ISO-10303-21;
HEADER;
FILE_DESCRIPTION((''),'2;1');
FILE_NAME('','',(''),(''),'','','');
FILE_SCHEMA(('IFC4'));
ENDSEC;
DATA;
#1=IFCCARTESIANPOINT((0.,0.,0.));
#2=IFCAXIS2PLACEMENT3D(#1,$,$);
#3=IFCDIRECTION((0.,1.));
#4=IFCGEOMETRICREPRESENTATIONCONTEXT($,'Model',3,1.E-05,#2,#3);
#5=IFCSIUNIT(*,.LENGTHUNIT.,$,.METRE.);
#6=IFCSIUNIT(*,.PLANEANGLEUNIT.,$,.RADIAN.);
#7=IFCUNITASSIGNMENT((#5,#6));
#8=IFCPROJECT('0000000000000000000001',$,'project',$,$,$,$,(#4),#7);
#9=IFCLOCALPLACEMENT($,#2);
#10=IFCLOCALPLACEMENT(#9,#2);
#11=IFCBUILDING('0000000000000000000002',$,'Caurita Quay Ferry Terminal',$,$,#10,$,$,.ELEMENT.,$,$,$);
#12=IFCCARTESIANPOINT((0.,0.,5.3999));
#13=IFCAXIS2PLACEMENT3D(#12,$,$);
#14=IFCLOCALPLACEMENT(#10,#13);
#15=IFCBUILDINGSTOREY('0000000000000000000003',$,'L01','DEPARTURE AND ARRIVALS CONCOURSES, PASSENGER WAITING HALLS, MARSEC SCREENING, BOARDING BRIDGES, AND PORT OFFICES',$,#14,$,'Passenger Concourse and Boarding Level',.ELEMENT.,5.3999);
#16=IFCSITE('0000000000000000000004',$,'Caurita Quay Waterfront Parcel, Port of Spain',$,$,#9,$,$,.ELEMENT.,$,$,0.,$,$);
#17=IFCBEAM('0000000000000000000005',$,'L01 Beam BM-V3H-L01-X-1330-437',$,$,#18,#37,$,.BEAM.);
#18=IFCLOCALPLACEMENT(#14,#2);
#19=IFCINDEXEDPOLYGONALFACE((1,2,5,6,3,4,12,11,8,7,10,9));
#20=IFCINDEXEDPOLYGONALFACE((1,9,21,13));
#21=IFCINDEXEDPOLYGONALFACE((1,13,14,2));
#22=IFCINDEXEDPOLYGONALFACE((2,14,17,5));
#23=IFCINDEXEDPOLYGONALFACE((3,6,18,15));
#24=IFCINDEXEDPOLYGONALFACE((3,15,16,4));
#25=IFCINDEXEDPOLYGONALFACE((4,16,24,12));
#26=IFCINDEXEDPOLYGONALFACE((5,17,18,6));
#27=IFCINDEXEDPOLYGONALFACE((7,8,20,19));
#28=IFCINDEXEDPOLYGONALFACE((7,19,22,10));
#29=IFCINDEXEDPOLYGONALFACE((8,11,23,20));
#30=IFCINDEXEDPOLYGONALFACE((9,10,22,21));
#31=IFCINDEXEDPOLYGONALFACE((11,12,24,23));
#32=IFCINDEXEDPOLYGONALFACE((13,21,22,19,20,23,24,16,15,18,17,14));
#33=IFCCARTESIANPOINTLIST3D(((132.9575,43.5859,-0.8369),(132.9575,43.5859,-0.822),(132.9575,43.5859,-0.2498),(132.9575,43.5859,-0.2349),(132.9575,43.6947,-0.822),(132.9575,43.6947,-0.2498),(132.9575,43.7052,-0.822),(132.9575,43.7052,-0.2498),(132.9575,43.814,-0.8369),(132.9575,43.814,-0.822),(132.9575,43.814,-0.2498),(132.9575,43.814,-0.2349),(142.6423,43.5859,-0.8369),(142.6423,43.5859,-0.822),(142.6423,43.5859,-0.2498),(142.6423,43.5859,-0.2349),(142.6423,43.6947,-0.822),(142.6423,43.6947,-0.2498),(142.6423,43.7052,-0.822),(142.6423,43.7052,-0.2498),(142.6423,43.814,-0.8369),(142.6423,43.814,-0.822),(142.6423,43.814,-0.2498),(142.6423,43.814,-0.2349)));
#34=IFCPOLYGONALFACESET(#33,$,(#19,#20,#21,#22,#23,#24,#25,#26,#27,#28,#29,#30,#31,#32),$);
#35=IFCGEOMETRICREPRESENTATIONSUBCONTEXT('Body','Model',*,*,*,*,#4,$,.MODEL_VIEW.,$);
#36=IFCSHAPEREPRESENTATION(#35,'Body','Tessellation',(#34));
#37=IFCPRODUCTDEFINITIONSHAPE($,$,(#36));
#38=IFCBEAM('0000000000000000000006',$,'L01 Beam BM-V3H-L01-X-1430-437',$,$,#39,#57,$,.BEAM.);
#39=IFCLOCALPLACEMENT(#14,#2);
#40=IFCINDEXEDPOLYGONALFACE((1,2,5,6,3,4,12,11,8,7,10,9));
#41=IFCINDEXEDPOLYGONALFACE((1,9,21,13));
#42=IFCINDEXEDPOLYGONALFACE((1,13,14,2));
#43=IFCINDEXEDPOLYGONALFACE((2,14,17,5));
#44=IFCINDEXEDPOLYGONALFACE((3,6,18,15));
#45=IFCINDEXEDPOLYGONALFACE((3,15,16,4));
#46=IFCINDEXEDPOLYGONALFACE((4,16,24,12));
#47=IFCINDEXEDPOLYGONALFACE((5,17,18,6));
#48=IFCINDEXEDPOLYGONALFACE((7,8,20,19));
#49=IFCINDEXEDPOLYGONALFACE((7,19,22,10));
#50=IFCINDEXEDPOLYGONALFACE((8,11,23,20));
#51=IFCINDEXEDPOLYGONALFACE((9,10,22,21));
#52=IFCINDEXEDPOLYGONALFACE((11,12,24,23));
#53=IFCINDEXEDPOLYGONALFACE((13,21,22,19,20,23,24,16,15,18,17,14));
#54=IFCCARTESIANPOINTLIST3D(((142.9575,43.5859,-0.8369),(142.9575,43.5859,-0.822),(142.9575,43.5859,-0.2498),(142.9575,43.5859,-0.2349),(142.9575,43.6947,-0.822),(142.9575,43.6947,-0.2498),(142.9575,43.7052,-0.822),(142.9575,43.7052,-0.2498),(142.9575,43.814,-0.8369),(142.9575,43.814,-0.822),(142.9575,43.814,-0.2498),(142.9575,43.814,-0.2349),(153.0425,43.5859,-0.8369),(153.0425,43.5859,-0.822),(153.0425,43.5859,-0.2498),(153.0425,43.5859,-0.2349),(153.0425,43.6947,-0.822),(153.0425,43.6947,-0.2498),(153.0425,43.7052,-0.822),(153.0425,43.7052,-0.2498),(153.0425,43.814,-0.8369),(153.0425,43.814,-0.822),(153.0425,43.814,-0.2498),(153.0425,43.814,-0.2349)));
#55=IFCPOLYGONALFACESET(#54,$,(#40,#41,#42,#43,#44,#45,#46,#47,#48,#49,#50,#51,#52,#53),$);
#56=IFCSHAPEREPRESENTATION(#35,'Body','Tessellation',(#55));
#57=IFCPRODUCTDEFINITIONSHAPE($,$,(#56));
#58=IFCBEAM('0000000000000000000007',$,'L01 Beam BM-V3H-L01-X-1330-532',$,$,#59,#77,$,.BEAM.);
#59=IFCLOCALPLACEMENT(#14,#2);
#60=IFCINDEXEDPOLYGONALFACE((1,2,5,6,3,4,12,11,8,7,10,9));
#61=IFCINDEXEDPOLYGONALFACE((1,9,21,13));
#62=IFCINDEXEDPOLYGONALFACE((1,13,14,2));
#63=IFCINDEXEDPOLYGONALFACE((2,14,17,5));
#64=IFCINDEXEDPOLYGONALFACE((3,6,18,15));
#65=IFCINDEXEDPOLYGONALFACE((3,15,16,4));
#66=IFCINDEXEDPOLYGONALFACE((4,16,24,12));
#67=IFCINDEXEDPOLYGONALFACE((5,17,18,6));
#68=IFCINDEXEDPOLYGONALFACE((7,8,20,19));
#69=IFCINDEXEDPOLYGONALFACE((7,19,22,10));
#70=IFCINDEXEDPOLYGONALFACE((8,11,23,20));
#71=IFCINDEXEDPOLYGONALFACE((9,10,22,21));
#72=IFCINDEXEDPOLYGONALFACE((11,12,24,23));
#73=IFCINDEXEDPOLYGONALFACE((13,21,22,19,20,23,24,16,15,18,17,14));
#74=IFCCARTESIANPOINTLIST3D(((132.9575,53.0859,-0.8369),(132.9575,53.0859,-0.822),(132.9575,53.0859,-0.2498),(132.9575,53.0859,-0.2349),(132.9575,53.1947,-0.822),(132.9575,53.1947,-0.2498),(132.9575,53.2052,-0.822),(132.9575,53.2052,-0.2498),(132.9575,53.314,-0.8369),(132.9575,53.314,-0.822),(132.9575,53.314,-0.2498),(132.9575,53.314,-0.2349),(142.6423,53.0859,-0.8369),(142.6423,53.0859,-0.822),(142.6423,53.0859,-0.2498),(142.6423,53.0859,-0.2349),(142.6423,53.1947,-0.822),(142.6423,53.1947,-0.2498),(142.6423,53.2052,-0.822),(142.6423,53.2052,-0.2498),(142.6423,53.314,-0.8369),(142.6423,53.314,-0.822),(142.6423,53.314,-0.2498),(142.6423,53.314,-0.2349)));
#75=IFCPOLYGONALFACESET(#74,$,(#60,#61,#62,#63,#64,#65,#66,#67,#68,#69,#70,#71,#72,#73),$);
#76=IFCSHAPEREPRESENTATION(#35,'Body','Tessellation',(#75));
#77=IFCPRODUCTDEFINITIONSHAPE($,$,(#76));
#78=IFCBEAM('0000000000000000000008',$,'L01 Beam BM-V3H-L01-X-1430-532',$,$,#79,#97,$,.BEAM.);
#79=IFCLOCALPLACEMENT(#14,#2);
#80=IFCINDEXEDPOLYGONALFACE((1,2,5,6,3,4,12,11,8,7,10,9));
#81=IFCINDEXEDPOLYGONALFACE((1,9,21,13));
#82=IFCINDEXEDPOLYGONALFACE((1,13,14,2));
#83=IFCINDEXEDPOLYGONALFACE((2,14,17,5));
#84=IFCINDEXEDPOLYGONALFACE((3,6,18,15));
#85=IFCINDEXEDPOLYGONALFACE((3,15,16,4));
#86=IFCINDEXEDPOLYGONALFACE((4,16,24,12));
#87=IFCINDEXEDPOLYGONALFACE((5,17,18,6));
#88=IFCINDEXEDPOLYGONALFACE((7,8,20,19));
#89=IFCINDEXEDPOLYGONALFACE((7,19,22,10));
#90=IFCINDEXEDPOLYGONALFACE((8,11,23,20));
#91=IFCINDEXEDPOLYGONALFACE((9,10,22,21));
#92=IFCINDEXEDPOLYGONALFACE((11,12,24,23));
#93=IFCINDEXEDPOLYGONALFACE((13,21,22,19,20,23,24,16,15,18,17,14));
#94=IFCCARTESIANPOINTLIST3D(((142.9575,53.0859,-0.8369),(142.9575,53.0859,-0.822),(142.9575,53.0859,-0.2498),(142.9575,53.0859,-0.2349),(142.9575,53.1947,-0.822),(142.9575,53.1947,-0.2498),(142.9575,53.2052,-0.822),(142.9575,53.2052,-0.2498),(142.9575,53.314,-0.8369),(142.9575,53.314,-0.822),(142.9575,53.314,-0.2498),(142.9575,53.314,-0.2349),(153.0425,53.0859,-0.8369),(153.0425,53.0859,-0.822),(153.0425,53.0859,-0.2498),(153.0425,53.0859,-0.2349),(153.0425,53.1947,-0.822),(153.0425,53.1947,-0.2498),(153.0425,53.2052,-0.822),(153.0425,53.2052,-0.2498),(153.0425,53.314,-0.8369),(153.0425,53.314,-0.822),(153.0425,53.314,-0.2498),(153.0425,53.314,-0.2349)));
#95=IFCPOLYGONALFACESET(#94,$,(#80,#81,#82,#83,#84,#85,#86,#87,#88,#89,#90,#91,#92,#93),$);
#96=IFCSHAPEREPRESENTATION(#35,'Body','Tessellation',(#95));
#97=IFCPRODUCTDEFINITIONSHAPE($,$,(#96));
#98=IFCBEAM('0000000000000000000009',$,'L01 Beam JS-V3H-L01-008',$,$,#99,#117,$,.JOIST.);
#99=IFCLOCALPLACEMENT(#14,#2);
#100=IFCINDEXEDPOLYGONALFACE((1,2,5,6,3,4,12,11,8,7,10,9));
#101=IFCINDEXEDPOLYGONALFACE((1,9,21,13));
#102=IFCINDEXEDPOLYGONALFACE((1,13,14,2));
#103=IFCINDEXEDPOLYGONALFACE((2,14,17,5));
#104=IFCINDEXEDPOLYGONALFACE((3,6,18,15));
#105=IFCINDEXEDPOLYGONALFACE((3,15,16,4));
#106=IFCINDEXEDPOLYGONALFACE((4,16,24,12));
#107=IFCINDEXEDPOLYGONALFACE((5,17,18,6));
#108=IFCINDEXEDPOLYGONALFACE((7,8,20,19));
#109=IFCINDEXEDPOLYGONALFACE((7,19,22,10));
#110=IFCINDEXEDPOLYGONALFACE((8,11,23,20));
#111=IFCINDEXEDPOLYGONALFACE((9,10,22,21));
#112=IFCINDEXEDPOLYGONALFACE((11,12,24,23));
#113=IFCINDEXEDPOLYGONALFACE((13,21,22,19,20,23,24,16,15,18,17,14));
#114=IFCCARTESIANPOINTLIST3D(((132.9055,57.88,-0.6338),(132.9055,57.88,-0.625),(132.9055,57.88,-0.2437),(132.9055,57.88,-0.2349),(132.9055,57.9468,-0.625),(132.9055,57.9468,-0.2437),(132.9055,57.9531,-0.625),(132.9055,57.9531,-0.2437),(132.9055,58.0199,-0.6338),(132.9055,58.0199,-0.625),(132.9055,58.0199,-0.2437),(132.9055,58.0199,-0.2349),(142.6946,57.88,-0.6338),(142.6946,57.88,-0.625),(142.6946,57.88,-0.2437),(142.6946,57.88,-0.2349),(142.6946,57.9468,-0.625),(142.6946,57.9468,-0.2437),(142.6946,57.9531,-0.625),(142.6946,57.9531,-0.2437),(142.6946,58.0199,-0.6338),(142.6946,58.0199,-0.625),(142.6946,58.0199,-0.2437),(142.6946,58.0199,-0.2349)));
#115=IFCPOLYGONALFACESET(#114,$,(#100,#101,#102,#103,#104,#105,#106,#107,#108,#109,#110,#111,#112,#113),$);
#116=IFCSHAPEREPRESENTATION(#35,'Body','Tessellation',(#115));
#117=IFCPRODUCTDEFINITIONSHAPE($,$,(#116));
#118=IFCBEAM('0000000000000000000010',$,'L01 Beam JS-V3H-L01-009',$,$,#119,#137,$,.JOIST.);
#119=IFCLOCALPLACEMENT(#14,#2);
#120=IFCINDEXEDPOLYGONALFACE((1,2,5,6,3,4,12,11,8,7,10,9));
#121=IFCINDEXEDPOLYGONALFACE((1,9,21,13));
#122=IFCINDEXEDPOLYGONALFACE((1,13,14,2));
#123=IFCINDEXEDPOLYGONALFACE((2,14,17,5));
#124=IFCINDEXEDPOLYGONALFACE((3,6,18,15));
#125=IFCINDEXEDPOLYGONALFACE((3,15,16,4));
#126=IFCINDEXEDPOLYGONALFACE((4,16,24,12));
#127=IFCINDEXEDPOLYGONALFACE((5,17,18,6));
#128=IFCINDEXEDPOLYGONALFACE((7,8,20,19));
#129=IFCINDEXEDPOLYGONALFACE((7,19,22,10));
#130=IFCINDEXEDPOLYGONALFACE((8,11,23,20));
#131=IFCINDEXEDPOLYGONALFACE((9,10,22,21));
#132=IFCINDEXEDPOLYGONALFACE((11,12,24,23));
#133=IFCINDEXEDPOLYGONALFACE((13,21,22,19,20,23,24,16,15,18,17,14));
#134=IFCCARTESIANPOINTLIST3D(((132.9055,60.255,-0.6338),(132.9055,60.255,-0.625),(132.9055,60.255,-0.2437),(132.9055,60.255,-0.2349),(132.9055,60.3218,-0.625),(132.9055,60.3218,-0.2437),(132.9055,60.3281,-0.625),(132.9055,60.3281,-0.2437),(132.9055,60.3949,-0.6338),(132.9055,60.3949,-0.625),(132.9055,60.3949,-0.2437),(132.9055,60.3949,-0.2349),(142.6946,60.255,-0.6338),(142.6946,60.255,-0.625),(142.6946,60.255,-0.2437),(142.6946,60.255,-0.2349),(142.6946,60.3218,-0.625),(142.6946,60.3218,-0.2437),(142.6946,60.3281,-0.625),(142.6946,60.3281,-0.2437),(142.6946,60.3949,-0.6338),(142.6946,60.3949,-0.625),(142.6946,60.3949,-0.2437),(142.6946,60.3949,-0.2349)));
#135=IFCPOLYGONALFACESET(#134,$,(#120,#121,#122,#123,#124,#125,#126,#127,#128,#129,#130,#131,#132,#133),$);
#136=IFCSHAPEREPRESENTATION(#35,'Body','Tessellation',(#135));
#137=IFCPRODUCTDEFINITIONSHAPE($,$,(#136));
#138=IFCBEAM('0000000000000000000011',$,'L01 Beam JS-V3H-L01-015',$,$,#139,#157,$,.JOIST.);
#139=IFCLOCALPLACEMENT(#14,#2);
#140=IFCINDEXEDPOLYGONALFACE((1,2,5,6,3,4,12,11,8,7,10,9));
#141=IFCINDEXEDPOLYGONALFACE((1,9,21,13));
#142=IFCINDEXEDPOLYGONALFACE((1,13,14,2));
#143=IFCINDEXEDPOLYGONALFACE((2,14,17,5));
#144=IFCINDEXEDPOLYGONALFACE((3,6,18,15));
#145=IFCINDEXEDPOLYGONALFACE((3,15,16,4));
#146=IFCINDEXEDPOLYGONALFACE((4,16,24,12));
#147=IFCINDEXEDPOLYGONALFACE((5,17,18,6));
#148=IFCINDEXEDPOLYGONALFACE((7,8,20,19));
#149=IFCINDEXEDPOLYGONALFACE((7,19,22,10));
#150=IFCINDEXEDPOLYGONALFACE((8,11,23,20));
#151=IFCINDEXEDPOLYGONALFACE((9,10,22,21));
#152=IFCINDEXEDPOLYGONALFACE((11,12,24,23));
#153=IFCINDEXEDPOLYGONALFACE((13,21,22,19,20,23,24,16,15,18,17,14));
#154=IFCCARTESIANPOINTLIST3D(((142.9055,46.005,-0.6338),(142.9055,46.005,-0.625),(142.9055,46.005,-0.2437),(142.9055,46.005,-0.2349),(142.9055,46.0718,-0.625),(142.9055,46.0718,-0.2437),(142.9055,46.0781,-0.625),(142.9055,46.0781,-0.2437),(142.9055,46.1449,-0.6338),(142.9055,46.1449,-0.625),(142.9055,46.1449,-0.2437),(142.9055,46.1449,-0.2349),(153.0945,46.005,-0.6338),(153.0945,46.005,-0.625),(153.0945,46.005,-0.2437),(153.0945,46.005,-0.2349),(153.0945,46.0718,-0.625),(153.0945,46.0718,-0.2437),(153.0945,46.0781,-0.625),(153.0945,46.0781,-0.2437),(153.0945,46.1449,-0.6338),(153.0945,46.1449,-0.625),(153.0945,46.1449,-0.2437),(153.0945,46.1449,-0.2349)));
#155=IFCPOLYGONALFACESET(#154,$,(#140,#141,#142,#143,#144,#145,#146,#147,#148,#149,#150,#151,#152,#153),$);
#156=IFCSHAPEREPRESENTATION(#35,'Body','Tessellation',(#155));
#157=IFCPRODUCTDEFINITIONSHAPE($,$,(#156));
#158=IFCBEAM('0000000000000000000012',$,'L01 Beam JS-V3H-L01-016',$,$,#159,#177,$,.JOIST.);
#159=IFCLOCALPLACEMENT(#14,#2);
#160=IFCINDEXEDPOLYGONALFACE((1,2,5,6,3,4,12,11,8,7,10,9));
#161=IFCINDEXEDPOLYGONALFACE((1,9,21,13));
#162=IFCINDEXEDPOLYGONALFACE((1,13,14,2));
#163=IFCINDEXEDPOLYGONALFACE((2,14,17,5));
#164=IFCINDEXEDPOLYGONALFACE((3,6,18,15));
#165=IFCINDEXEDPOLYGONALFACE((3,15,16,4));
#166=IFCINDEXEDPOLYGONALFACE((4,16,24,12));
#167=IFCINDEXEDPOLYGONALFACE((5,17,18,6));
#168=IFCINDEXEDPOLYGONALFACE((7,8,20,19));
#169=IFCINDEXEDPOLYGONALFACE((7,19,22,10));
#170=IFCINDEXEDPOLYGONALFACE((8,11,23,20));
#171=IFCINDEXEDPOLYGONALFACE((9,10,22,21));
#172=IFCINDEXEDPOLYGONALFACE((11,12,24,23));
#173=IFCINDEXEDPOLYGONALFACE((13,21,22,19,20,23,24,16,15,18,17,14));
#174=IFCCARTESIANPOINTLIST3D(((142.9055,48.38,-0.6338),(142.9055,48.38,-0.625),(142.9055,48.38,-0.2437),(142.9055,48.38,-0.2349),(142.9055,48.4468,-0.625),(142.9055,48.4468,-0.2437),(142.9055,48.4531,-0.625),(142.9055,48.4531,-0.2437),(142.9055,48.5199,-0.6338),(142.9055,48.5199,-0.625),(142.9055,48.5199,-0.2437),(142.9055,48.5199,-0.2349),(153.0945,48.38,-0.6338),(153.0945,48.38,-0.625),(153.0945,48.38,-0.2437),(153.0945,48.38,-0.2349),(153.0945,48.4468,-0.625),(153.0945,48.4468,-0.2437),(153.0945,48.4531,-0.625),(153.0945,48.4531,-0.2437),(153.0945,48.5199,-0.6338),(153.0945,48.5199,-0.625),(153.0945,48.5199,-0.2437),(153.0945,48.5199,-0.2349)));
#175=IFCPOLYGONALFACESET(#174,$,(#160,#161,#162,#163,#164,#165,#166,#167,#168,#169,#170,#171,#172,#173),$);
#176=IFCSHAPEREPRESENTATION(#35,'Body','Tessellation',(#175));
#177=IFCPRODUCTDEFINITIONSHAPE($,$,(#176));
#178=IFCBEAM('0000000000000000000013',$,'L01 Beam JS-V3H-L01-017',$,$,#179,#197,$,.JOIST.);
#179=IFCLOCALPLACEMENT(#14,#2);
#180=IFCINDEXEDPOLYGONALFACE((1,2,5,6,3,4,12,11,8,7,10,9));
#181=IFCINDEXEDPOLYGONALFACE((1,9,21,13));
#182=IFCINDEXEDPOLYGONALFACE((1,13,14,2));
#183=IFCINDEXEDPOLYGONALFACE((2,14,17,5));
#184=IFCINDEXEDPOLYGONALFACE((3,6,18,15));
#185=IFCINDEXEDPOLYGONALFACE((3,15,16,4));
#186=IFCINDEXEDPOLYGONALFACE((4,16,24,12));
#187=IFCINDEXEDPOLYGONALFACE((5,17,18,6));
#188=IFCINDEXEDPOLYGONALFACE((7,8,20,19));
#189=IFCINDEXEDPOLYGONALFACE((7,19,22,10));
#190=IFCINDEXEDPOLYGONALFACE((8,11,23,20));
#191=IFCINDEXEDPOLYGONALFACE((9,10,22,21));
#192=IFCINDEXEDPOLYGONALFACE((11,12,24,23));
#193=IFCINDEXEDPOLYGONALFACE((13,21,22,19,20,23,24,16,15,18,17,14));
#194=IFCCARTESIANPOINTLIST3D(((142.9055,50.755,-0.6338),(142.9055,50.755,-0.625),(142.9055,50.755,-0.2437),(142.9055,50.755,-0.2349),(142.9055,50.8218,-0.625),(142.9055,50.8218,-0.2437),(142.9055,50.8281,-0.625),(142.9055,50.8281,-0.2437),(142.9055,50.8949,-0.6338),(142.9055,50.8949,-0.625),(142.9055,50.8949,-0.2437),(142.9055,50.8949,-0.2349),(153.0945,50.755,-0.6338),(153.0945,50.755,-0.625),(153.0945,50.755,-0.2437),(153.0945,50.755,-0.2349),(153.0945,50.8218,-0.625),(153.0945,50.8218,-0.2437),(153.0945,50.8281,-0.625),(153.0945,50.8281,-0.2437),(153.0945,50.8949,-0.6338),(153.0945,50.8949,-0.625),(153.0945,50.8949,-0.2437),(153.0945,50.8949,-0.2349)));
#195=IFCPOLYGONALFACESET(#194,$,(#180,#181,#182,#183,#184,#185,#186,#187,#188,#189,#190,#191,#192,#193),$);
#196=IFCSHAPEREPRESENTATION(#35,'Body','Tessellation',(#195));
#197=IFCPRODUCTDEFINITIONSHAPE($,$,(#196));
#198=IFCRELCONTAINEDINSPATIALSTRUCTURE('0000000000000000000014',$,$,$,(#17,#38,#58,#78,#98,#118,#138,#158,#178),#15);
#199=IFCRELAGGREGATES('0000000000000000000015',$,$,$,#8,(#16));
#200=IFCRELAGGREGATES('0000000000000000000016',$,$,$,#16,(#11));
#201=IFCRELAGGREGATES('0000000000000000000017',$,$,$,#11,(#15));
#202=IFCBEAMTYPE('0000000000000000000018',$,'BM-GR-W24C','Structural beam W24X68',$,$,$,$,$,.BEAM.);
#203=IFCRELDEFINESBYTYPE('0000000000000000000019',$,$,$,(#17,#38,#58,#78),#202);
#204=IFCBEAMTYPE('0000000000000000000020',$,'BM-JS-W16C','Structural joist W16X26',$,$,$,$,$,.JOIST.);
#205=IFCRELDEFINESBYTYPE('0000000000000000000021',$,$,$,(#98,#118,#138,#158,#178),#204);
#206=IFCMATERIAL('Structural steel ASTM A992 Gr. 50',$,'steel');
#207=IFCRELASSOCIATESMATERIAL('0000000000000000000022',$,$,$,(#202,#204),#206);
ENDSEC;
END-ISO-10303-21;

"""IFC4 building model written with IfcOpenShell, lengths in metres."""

from ifc_helpers import new_model, si_unit, direction, frame, origin, origin_2d, place, context, subcontext, project, spatial, i_section, extrude, material, material_profile, profile_set, type_object, element, save


model = new_model("IFC4")

# Units and contexts
model_context = context("Model", 3, precision=1e-05, world=origin(), true_north=direction((0.0, 1.0)))
body_context = subcontext(model_context, "Body", "Model", "MODEL_VIEW")
ifc_project = project(units=[si_unit("LENGTHUNIT", "METRE"), si_unit("PLANEANGLEUNIT", "RADIAN")], contexts=[model_context])

# Site, building, storey
site_placement = place(None, origin())
site = spatial("IfcSite", under=ifc_project, at=site_placement, Name="Caurita Quay Waterfront Parcel, Port of Spain", CompositionType="ELEMENT", RefElevation=0.0)
building_placement = place(site_placement, origin())
building = spatial("IfcBuilding", under=site, at=building_placement, Name="Caurita Quay Ferry Terminal", CompositionType="ELEMENT")
storey_placement = place(building_placement, frame((0.0, 0.0, 5.3999)))
storey = spatial("IfcBuildingStorey", under=building, at=storey_placement, Name="L01", Description="DEPARTURE AND ARRIVALS CONCOURSES, PASSENGER WAITING HALLS, MARSEC SCREENING, BOARDING BRIDGES, AND PORT OFFICES", LongName="Passenger Concourse and Boarding Level", CompositionType="ELEMENT", Elevation=5.3999)

# Shared definitions
ifc_material_1 = material(Name="Structural steel ASTM A992 Gr. 50", Category="steel")

# Beams
ifc_material_profile_1 = material_profile(ifc_material_1, i_section(OverallWidth=0.228, OverallDepth=0.6021, WebThickness=0.0105, FlangeThickness=0.0149, at=origin_2d()), Name="W24X68")
ifc_profile_set_1 = profile_set([ifc_material_profile_1], Name="Structural steel ASTM A992 Gr. 50")
beam_type_1 = type_object("IfcBeamType", Name="BM-GR-W24C", Description="Structural beam W24X68", PredefinedType="BEAM", material=ifc_profile_set_1)
beam_1_placement = place(storey_placement, frame((132.9575, 43.7, -0.5359), z_axis=(1.0, 0.0, 0.0), x_axis=(0.0, 1.0, 0.0)))
element("IfcBeam", 1, at=beam_1_placement, inside=storey, type_object=beam_type_1, Name="L01 Beam BM-V3H-L01-X-1330-437", PredefinedType="BEAM", context=body_context, shape_type="SweptSolid", body=[
    extrude(i_section(OverallWidth=0.228, OverallDepth=0.6021, WebThickness=0.0105, FlangeThickness=0.0149, at=origin_2d()), origin(), (0.0, 0.0, 1.0), 9.6848),
])
beam_2_placement = place(storey_placement, frame((142.9575, 43.7, -0.5359), z_axis=(1.0, 0.0, 0.0), x_axis=(0.0, 1.0, 0.0)))
element("IfcBeam", 2, at=beam_2_placement, inside=storey, type_object=beam_type_1, Name="L01 Beam BM-V3H-L01-X-1430-437", PredefinedType="BEAM", context=body_context, shape_type="SweptSolid", body=[
    extrude(i_section(OverallWidth=0.228, OverallDepth=0.6021, WebThickness=0.0105, FlangeThickness=0.0149, at=origin_2d()), origin(), (0.0, 0.0, 1.0), 10.085),
])
beam_3_placement = place(storey_placement, frame((132.9575, 53.2, -0.5359), z_axis=(1.0, 0.0, 0.0), x_axis=(0.0, 1.0, 0.0)))
element("IfcBeam", 3, at=beam_3_placement, inside=storey, type_object=beam_type_1, Name="L01 Beam BM-V3H-L01-X-1330-532", PredefinedType="BEAM", context=body_context, shape_type="SweptSolid", body=[
    extrude(i_section(OverallWidth=0.228, OverallDepth=0.6021, WebThickness=0.0105, FlangeThickness=0.0149, at=origin_2d()), origin(), (0.0, 0.0, 1.0), 9.6848),
])
beam_4_placement = place(storey_placement, frame((142.9575, 53.2, -0.5359), z_axis=(1.0, 0.0, 0.0), x_axis=(0.0, 1.0, 0.0)))
element("IfcBeam", 4, at=beam_4_placement, inside=storey, type_object=beam_type_1, Name="L01 Beam BM-V3H-L01-X-1430-532", PredefinedType="BEAM", context=body_context, shape_type="SweptSolid", body=[
    extrude(i_section(OverallWidth=0.228, OverallDepth=0.6021, WebThickness=0.0105, FlangeThickness=0.0149, at=origin_2d()), origin(), (0.0, 0.0, 1.0), 10.085),
])
ifc_material_profile_2 = material_profile(ifc_material_1, i_section(OverallWidth=0.1399, OverallDepth=0.3989, WebThickness=0.0063, FlangeThickness=0.0088, at=origin_2d()), Name="W16X26")
ifc_profile_set_2 = profile_set([ifc_material_profile_2], Name="Structural steel ASTM A992 Gr. 50")
beam_type_2 = type_object("IfcBeamType", Name="BM-JS-W16C", Description="Structural joist W16X26", PredefinedType="JOIST", material=ifc_profile_set_2)
for number, where, z_axis, x_axis, name in (
    (5, (132.9055, 57.95, -0.4343), (1.0, 0.0, 0.0), (0.0, 1.0, 0.0), "L01 Beam JS-V3H-L01-008"),
    (6, (132.9055, 60.325, -0.4343), (1.0, 0.0, 0.0), (0.0, 1.0, 0.0), "L01 Beam JS-V3H-L01-009"),
):
    element("IfcBeam", number, at=place(storey_placement, frame(where, z_axis=z_axis, x_axis=x_axis)), inside=storey, type_object=beam_type_2, Name=name, PredefinedType="JOIST", context=body_context, shape_type="SweptSolid", body=[
        extrude(i_section(OverallWidth=0.1399, OverallDepth=0.3989, WebThickness=0.0063, FlangeThickness=0.0088, at=origin_2d()), origin(), (0.0, 0.0, 1.0), 9.7891),
    ])
for number, where, z_axis, x_axis, name in (
    (7, (142.9055, 46.075, -0.4343), (1.0, 0.0, 0.0), (0.0, 1.0, 0.0), "L01 Beam JS-V3H-L01-015"),
    (8, (142.9055, 48.45, -0.4343), (1.0, 0.0, 0.0), (0.0, 1.0, 0.0), "L01 Beam JS-V3H-L01-016"),
    (9, (142.9055, 50.825, -0.4343), (1.0, 0.0, 0.0), (0.0, 1.0, 0.0), "L01 Beam JS-V3H-L01-017"),
):
    element("IfcBeam", number, at=place(storey_placement, frame(where, z_axis=z_axis, x_axis=x_axis)), inside=storey, type_object=beam_type_2, Name=name, PredefinedType="JOIST", context=body_context, shape_type="SweptSolid", body=[
        extrude(i_section(OverallWidth=0.1399, OverallDepth=0.3989, WebThickness=0.0063, FlangeThickness=0.0088, at=origin_2d()), origin(), (0.0, 0.0, 1.0), 10.189),
    ])

save(model, "model.ifc")
